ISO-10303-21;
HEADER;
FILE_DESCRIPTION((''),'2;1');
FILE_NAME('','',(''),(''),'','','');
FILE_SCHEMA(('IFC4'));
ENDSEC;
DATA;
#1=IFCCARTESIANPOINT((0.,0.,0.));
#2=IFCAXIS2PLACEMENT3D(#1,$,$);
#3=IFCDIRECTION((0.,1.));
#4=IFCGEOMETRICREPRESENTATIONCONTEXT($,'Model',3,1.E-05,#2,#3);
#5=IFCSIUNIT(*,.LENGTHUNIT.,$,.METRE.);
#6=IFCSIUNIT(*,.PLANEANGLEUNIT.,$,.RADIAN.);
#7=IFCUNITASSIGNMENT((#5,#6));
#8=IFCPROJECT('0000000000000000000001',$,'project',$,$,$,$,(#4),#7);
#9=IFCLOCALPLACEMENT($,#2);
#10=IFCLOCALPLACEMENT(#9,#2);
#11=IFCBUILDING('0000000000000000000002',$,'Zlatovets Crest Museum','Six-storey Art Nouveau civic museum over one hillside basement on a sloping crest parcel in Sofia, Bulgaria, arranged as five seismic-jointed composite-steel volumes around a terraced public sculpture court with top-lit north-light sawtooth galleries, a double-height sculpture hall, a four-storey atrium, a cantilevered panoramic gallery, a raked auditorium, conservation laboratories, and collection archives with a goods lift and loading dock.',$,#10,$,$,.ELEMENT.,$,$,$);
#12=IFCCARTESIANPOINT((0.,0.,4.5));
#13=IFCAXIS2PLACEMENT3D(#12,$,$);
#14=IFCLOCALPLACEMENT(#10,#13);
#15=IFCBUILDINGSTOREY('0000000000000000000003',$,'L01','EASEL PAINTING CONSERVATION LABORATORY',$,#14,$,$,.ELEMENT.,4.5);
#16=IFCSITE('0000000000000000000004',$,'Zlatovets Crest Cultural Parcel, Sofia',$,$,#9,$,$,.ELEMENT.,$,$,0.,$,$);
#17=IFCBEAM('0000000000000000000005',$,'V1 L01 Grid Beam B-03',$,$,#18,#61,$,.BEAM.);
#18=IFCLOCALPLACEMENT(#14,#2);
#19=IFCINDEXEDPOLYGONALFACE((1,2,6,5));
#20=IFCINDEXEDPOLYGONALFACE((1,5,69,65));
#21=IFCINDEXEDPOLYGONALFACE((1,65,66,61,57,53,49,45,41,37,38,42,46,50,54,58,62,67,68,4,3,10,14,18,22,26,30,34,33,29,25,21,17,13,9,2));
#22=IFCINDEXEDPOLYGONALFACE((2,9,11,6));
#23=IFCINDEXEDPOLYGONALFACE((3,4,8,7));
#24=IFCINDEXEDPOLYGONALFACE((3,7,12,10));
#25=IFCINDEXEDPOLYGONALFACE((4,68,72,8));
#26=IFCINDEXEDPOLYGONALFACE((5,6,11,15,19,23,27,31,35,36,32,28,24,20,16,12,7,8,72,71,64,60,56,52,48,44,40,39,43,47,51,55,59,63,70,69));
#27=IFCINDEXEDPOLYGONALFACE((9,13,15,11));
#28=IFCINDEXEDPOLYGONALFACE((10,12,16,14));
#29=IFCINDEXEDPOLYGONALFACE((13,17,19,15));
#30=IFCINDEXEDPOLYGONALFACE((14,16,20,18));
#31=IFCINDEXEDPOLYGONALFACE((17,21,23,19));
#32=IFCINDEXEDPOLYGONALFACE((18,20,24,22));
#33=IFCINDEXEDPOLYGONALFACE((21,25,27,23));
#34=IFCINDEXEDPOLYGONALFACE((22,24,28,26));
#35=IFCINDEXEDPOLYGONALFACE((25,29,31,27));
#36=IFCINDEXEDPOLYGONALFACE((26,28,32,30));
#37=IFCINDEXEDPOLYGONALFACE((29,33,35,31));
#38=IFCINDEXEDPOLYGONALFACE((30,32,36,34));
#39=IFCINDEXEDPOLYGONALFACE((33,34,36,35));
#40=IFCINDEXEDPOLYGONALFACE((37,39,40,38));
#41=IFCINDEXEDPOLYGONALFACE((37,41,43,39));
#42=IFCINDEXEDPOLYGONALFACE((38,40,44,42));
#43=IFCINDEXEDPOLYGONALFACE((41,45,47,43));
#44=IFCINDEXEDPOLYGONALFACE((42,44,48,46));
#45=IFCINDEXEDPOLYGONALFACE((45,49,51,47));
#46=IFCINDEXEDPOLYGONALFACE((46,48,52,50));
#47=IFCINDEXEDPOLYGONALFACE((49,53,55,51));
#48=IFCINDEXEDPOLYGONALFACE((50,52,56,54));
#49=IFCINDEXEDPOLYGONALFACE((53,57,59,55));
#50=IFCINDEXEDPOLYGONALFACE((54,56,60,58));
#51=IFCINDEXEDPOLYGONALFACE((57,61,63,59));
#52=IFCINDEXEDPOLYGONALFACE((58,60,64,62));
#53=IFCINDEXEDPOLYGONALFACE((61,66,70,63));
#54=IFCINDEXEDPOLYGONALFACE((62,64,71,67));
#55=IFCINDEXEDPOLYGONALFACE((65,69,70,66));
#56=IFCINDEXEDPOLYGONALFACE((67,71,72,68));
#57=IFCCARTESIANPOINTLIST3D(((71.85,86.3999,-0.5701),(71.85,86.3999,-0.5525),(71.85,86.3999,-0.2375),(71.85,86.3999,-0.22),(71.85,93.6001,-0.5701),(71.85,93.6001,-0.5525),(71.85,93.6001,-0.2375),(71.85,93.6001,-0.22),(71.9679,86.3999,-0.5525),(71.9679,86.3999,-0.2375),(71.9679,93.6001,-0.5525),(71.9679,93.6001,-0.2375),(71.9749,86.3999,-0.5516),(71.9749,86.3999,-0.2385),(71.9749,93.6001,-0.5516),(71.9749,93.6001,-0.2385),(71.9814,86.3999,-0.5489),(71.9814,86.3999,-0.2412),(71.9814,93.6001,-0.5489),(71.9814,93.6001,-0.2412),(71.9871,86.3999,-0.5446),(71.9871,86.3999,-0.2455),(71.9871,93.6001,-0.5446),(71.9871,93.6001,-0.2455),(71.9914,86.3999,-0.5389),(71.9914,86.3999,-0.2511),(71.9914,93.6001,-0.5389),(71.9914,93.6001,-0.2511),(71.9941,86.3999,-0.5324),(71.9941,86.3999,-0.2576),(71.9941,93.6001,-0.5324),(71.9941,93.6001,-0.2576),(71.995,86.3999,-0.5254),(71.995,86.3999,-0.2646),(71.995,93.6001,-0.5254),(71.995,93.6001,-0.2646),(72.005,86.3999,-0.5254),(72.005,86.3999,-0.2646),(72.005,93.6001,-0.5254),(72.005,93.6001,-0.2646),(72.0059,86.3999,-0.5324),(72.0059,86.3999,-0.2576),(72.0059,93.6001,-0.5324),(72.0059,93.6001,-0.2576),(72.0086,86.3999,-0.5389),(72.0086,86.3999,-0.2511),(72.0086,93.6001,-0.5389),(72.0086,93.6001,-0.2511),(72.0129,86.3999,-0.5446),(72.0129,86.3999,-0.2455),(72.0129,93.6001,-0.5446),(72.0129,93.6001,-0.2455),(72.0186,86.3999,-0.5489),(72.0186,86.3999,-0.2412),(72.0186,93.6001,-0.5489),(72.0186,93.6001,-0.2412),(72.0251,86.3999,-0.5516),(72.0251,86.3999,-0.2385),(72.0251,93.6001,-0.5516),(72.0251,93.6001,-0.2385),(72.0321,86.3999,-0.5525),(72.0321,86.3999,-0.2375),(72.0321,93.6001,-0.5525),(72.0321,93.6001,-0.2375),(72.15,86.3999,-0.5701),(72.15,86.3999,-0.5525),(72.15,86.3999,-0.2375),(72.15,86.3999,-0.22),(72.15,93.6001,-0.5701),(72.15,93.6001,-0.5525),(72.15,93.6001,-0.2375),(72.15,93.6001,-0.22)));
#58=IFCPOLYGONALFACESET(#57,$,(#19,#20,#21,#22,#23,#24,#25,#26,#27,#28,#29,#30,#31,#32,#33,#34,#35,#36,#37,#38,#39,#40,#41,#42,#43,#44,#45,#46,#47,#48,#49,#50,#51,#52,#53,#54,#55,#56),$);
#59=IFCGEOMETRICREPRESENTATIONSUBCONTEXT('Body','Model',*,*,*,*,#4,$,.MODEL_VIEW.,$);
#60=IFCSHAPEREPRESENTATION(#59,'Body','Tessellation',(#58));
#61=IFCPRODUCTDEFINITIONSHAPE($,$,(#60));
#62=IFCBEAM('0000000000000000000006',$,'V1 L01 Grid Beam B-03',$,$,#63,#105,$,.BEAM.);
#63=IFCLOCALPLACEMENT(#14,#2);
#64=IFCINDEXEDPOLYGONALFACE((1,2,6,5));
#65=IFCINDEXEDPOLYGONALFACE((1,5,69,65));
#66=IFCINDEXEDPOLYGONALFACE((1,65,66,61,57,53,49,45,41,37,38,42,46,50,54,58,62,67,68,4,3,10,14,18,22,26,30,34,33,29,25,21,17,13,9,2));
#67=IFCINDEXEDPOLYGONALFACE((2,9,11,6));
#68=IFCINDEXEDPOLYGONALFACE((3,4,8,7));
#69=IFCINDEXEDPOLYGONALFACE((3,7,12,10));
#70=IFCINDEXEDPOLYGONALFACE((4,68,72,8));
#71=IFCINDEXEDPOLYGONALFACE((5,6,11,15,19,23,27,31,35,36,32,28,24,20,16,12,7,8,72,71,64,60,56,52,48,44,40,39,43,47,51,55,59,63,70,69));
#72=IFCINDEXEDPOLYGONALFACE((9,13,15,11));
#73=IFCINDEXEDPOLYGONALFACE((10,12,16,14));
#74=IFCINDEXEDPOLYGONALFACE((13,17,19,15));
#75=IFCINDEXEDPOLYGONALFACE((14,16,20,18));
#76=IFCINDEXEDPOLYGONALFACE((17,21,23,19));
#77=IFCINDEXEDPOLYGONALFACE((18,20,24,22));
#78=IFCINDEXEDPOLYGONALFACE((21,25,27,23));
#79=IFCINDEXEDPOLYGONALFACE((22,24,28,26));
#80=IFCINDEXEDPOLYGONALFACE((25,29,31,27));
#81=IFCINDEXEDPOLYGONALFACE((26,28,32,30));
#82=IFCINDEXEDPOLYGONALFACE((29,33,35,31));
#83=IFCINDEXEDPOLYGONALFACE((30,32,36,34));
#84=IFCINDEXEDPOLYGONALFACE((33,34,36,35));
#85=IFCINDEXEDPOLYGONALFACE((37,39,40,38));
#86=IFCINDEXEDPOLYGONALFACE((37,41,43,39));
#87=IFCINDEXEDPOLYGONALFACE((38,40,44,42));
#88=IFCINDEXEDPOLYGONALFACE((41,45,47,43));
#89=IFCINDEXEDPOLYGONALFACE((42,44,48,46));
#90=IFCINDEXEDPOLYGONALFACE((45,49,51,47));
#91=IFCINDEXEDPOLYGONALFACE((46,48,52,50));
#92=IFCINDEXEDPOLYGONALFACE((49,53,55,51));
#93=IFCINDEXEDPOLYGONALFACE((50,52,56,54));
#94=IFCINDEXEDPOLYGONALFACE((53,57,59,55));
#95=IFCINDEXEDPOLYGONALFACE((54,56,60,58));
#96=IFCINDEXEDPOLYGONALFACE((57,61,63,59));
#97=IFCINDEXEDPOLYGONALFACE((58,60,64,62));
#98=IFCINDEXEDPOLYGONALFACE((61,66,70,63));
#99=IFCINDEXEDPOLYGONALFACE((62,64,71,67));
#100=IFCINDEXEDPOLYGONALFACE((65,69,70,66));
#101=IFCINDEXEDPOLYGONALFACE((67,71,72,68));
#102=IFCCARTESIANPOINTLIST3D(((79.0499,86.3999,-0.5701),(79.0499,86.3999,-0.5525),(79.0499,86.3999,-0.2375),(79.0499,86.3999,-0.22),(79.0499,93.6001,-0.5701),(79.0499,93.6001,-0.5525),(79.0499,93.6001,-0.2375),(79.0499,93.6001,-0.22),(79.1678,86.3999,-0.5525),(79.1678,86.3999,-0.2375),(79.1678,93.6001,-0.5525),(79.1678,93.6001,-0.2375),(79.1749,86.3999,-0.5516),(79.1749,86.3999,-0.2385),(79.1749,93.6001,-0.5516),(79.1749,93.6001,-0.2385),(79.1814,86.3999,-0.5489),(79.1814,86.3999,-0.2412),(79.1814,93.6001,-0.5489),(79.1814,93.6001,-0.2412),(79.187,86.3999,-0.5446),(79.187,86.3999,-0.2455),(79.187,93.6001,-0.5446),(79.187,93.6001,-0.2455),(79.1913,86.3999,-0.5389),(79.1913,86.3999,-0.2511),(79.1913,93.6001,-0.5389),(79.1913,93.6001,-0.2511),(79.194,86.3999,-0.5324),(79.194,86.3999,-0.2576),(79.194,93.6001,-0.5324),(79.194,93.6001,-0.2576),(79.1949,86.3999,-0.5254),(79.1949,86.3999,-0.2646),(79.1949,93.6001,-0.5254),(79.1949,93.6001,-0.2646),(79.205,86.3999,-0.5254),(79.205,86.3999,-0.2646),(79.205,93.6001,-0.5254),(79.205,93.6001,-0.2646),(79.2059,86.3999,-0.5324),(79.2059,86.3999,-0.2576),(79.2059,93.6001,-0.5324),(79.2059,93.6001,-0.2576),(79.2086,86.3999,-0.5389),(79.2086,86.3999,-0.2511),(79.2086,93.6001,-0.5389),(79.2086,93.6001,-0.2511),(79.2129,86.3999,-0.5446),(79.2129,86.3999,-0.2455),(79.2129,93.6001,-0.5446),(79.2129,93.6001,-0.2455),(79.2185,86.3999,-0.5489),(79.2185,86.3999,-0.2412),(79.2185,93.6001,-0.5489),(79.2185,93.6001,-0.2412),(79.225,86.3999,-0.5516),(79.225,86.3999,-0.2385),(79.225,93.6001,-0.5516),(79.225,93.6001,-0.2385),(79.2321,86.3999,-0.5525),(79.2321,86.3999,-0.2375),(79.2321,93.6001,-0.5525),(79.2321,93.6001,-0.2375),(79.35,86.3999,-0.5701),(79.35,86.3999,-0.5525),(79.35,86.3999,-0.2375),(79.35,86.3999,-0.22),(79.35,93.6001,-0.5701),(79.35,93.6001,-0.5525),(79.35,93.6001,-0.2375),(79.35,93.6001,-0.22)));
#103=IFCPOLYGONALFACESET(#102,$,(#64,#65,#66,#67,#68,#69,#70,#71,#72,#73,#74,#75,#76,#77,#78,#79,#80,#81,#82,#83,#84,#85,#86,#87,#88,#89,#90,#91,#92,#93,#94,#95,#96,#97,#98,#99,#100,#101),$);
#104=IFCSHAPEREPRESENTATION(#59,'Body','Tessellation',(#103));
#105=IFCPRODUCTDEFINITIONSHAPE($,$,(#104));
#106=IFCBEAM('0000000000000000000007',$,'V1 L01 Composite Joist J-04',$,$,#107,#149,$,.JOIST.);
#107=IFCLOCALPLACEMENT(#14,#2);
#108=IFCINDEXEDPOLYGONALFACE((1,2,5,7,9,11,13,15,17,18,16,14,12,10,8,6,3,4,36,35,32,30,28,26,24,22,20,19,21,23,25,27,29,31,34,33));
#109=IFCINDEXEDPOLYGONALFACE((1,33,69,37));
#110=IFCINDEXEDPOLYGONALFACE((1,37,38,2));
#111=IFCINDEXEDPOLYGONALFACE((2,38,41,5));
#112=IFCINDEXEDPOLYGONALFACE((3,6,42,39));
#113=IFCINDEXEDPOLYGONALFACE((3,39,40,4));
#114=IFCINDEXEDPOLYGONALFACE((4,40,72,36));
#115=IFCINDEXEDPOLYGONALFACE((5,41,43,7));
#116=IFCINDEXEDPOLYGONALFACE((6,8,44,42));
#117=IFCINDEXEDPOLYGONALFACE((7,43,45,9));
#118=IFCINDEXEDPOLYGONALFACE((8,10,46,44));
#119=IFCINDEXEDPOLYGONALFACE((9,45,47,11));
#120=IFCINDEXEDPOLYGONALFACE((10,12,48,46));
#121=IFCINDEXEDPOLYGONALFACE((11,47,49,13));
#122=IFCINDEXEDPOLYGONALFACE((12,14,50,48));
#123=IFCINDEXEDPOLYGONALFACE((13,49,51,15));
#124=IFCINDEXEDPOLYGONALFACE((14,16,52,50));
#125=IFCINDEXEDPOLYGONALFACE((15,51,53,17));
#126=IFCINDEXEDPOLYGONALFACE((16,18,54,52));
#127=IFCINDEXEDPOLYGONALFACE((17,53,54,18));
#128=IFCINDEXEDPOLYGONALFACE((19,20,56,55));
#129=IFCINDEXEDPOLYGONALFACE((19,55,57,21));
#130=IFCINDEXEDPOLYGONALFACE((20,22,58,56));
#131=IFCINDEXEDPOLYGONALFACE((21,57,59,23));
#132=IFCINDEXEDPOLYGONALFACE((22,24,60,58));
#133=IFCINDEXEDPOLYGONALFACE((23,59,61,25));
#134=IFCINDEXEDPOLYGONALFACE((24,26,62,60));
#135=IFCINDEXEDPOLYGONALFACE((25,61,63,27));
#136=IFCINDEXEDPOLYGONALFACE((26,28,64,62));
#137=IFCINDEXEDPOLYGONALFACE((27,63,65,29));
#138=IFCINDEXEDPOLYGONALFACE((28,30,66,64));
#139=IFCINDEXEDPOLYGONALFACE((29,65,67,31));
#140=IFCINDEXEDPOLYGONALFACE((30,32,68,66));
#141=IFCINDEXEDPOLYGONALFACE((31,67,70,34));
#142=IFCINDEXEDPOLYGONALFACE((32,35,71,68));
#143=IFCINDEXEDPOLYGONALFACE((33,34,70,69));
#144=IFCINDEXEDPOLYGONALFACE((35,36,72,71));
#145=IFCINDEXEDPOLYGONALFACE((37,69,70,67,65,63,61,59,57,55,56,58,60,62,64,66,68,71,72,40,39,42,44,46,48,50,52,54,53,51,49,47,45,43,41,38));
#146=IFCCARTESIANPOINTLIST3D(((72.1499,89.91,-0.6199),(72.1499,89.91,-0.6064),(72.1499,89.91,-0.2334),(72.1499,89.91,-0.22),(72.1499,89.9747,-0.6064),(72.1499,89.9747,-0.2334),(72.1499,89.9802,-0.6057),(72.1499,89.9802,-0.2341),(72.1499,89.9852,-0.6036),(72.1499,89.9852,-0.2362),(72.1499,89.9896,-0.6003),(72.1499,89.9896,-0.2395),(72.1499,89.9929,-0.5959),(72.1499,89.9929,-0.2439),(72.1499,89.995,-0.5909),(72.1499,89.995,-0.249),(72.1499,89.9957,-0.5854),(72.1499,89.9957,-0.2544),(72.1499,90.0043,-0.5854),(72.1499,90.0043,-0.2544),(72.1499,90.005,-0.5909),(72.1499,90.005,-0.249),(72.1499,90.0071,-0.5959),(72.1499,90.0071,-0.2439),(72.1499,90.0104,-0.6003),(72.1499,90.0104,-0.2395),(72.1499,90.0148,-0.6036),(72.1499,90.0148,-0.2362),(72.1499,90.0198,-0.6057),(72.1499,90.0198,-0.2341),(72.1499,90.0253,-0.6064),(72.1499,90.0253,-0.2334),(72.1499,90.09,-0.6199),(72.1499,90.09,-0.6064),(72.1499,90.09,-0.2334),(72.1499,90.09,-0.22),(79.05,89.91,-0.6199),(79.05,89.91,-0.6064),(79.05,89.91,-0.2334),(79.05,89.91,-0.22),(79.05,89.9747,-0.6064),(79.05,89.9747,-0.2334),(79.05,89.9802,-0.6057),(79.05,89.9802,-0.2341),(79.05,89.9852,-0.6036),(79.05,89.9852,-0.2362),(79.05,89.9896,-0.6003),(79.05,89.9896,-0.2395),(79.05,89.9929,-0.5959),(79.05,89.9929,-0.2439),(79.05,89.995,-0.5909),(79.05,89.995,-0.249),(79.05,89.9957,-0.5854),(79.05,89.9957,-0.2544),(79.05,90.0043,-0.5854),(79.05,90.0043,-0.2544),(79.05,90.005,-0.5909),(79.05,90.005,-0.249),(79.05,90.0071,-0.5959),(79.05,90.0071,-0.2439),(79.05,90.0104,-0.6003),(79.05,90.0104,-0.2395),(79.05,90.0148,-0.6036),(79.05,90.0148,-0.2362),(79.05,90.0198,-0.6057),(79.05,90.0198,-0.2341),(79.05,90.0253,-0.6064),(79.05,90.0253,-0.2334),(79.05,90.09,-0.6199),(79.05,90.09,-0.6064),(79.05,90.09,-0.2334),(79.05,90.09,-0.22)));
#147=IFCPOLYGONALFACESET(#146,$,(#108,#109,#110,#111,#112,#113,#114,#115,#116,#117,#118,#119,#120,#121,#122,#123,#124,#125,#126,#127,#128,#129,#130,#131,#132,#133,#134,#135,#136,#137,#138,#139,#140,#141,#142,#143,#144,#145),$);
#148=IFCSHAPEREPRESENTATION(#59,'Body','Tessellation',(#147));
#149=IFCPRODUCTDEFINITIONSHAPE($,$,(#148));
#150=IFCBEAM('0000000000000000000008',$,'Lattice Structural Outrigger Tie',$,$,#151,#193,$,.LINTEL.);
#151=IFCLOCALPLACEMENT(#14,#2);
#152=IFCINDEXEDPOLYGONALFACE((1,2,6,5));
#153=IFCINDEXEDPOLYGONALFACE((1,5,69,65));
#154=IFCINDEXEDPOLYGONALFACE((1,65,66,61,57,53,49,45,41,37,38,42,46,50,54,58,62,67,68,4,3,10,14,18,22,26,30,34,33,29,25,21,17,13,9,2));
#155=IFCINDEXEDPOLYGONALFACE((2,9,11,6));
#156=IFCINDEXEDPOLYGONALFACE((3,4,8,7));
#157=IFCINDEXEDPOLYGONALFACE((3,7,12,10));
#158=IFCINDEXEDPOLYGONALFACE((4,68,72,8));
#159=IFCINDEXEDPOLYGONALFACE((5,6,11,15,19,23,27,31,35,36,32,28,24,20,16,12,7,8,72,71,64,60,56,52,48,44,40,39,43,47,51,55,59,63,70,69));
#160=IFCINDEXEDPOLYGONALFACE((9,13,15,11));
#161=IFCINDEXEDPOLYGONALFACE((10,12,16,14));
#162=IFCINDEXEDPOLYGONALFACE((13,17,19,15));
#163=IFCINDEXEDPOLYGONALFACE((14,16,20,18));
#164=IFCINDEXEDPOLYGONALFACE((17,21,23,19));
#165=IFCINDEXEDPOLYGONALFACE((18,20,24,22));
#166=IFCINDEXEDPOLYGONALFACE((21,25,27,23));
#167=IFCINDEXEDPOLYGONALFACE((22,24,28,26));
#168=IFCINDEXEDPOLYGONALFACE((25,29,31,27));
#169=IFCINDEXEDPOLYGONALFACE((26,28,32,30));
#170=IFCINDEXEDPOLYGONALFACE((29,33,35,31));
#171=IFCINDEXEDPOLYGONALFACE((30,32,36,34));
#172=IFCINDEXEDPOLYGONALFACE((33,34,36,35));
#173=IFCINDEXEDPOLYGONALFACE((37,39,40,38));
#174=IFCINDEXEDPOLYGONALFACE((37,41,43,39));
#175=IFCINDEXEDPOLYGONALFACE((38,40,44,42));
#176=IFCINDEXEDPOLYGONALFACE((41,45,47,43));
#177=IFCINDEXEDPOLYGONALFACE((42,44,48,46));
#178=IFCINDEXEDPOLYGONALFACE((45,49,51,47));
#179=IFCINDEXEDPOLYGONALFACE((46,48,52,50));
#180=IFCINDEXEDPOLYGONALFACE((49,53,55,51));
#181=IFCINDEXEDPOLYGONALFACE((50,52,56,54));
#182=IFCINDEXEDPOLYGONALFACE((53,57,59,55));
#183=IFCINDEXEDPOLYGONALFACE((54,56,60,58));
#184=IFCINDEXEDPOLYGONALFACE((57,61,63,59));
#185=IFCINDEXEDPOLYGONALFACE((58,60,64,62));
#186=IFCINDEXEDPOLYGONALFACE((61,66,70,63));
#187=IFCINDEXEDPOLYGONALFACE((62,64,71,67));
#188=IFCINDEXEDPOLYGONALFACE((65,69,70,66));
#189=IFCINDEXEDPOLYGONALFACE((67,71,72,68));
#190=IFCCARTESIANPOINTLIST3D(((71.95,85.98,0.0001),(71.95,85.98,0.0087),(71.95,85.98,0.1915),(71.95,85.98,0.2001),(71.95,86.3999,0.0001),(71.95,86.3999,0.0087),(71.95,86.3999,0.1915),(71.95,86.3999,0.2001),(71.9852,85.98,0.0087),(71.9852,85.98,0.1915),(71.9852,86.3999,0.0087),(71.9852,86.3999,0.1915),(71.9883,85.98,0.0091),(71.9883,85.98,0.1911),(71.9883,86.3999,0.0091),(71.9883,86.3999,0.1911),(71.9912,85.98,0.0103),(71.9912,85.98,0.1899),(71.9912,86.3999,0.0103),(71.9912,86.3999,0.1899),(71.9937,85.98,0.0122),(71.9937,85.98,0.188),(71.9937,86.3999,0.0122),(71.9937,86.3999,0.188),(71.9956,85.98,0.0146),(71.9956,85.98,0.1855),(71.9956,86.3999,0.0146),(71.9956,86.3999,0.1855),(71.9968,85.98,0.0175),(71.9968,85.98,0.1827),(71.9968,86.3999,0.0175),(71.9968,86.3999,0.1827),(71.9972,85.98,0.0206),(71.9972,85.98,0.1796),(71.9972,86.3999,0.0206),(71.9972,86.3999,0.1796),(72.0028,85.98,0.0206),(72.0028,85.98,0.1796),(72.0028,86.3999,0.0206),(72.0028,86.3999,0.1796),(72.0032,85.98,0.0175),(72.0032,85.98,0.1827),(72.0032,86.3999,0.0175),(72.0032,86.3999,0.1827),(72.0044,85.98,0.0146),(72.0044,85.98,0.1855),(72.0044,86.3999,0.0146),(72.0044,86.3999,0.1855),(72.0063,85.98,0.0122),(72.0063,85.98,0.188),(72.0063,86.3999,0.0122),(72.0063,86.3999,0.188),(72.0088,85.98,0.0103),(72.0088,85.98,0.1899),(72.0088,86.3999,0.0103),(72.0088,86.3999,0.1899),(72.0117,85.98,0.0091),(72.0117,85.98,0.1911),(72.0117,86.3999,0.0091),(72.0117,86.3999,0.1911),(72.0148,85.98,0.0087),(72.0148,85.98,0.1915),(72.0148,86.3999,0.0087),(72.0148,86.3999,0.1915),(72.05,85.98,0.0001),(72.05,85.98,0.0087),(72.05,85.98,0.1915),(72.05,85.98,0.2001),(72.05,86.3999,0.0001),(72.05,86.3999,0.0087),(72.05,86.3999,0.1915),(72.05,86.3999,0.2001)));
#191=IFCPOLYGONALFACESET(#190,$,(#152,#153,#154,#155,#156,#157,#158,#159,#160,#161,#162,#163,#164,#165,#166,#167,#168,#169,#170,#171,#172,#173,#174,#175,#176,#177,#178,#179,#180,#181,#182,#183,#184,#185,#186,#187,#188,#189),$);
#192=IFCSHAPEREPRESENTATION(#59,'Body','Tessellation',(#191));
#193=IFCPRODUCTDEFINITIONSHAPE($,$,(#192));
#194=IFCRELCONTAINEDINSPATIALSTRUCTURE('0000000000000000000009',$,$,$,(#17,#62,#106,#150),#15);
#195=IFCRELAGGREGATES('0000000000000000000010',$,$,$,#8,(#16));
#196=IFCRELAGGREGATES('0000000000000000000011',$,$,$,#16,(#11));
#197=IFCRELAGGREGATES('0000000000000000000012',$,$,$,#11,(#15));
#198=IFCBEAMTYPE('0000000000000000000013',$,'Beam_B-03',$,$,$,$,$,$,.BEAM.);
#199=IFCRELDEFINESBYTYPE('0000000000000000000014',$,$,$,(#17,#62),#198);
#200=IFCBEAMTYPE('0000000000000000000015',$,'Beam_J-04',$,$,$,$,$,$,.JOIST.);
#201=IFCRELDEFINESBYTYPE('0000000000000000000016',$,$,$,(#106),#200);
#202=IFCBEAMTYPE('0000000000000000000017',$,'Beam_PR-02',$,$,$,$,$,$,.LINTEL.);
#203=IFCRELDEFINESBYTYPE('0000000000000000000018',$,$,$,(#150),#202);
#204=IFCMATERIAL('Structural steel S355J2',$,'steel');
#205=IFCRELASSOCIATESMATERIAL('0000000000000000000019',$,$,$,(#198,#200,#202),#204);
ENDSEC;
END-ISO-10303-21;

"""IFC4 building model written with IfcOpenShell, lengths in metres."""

from ifc_helpers import new_model, si_unit, direction, frame, origin, origin_2d, place, context, subcontext, project, spatial, i_section, extrude, material, material_profile, profile_set, type_object, element, save


model = new_model("IFC4")

# Units and contexts
model_context = context("Model", 3, precision=1e-05, world=origin(), true_north=direction((0.0, 1.0)))
body_context = subcontext(model_context, "Body", "Model", "MODEL_VIEW")
ifc_project = project(units=[si_unit("LENGTHUNIT", "METRE"), si_unit("PLANEANGLEUNIT", "RADIAN")], contexts=[model_context])

# Site, building, storey
site_placement = place(None, origin())
site = spatial("IfcSite", under=ifc_project, at=site_placement, Name="Zlatovets Crest Cultural Parcel, Sofia", CompositionType="ELEMENT", RefElevation=0.0)
building_placement = place(site_placement, origin())
building = spatial("IfcBuilding", under=site, at=building_placement, Name="Zlatovets Crest Museum", Description="Six-storey Art Nouveau civic museum over one hillside basement on a sloping crest parcel in Sofia, Bulgaria, arranged as five seismic-jointed composite-steel volumes around a terraced public sculpture court with top-lit north-light sawtooth galleries, a double-height sculpture hall, a four-storey atrium, a cantilevered panoramic gallery, a raked auditorium, conservation laboratories, and collection archives with a goods lift and loading dock.", CompositionType="ELEMENT")
storey_placement = place(building_placement, frame((0.0, 0.0, 4.5)))
storey = spatial("IfcBuildingStorey", under=building, at=storey_placement, Name="L01", Description="EASEL PAINTING CONSERVATION LABORATORY", CompositionType="ELEMENT", Elevation=4.5)

# Shared definitions
ifc_material_1 = material(Name="Structural steel S355J2", Category="steel")

# Beams
ifc_material_profile_1 = material_profile(ifc_material_1, i_section(OverallWidth=0.3, OverallDepth=0.3501, WebThickness=0.01, FlangeThickness=0.0176, FilletRadius=0.0271, at=origin_2d()), Name="HEA 360")
ifc_profile_set_1 = profile_set([ifc_material_profile_1], Name="Structural steel S355J2")
beam_type_1 = type_object("IfcBeamType", Name="Beam_B-03", PredefinedType="BEAM", material=ifc_profile_set_1)
for number, where, z_axis, x_axis, name in (
    (1, (72.0, 86.3999, -0.395), (0.0, 1.0, 0.0), (-1.0, 0.0, 0.0), "V1 L01 Grid Beam B-03"),
    (2, (79.2, 86.3999, -0.395), (0.0, 1.0, 0.0), (-1.0, 0.0, 0.0), "V1 L01 Grid Beam B-03"),
):
    element("IfcBeam", number, at=place(storey_placement, frame(where, z_axis=z_axis, x_axis=x_axis)), inside=storey, type_object=beam_type_1, Name=name, PredefinedType="BEAM", context=body_context, shape_type="SweptSolid", body=[
        extrude(i_section(OverallWidth=0.3, OverallDepth=0.3501, WebThickness=0.01, FlangeThickness=0.0176, FilletRadius=0.0271, at=origin_2d()), origin(), (0.0, 0.0, 1.0), 7.2002),
    ])
ifc_material_profile_2 = material_profile(ifc_material_1, i_section(OverallWidth=0.1799, OverallDepth=0.3999, WebThickness=0.0085, FlangeThickness=0.0134, FilletRadius=0.021, at=origin_2d()), Name="IPE 400")
ifc_profile_set_2 = profile_set([ifc_material_profile_2], Name="Structural steel S355J2")
beam_type_2 = type_object("IfcBeamType", Name="Beam_J-04", PredefinedType="JOIST", material=ifc_profile_set_2)
beam_placement = place(storey_placement, frame((72.1499, 90.0, -0.4199), z_axis=(1.0, 0.0, 0.0), x_axis=(0.0, 1.0, 0.0)))
element("IfcBeam", 3, at=beam_placement, inside=storey, type_object=beam_type_2, Name="V1 L01 Composite Joist J-04", PredefinedType="JOIST", context=body_context, shape_type="SweptSolid", body=[
    extrude(i_section(OverallWidth=0.1799, OverallDepth=0.3999, WebThickness=0.0085, FlangeThickness=0.0134, FilletRadius=0.021, at=origin_2d()), origin(), (0.0, 0.0, 1.0), 6.9001),
])
ifc_material_profile_3 = material_profile(ifc_material_1, i_section(OverallWidth=0.1001, OverallDepth=0.2, WebThickness=0.0056, FlangeThickness=0.0085, FilletRadius=0.012, at=origin_2d()), Name="IPE 200")
ifc_profile_set_3 = profile_set([ifc_material_profile_3], Name="Structural steel S355J2")
beam_type_3 = type_object("IfcBeamType", Name="Beam_PR-02", PredefinedType="LINTEL", material=ifc_profile_set_3)
for number, where, z_axis, x_axis, name in (
    (4, (72.0, 86.3999, 0.1001), (0.0, -1.0, 0.0), (1.0, 0.0, 0.0), "Lattice Structural Outrigger Tie"),
):
    element("IfcBeam", number, at=place(storey_placement, frame(where, z_axis=z_axis, x_axis=x_axis)), inside=storey, type_object=beam_type_3, Name=name, PredefinedType="LINTEL", context=body_context, shape_type="SweptSolid", body=[
        extrude(i_section(OverallWidth=0.1001, OverallDepth=0.2, WebThickness=0.0056, FlangeThickness=0.0085, FilletRadius=0.012, at=origin_2d()), origin(), (0.0, 0.0, 1.0), 0.4199),
    ])

save(model, "model.ifc")
